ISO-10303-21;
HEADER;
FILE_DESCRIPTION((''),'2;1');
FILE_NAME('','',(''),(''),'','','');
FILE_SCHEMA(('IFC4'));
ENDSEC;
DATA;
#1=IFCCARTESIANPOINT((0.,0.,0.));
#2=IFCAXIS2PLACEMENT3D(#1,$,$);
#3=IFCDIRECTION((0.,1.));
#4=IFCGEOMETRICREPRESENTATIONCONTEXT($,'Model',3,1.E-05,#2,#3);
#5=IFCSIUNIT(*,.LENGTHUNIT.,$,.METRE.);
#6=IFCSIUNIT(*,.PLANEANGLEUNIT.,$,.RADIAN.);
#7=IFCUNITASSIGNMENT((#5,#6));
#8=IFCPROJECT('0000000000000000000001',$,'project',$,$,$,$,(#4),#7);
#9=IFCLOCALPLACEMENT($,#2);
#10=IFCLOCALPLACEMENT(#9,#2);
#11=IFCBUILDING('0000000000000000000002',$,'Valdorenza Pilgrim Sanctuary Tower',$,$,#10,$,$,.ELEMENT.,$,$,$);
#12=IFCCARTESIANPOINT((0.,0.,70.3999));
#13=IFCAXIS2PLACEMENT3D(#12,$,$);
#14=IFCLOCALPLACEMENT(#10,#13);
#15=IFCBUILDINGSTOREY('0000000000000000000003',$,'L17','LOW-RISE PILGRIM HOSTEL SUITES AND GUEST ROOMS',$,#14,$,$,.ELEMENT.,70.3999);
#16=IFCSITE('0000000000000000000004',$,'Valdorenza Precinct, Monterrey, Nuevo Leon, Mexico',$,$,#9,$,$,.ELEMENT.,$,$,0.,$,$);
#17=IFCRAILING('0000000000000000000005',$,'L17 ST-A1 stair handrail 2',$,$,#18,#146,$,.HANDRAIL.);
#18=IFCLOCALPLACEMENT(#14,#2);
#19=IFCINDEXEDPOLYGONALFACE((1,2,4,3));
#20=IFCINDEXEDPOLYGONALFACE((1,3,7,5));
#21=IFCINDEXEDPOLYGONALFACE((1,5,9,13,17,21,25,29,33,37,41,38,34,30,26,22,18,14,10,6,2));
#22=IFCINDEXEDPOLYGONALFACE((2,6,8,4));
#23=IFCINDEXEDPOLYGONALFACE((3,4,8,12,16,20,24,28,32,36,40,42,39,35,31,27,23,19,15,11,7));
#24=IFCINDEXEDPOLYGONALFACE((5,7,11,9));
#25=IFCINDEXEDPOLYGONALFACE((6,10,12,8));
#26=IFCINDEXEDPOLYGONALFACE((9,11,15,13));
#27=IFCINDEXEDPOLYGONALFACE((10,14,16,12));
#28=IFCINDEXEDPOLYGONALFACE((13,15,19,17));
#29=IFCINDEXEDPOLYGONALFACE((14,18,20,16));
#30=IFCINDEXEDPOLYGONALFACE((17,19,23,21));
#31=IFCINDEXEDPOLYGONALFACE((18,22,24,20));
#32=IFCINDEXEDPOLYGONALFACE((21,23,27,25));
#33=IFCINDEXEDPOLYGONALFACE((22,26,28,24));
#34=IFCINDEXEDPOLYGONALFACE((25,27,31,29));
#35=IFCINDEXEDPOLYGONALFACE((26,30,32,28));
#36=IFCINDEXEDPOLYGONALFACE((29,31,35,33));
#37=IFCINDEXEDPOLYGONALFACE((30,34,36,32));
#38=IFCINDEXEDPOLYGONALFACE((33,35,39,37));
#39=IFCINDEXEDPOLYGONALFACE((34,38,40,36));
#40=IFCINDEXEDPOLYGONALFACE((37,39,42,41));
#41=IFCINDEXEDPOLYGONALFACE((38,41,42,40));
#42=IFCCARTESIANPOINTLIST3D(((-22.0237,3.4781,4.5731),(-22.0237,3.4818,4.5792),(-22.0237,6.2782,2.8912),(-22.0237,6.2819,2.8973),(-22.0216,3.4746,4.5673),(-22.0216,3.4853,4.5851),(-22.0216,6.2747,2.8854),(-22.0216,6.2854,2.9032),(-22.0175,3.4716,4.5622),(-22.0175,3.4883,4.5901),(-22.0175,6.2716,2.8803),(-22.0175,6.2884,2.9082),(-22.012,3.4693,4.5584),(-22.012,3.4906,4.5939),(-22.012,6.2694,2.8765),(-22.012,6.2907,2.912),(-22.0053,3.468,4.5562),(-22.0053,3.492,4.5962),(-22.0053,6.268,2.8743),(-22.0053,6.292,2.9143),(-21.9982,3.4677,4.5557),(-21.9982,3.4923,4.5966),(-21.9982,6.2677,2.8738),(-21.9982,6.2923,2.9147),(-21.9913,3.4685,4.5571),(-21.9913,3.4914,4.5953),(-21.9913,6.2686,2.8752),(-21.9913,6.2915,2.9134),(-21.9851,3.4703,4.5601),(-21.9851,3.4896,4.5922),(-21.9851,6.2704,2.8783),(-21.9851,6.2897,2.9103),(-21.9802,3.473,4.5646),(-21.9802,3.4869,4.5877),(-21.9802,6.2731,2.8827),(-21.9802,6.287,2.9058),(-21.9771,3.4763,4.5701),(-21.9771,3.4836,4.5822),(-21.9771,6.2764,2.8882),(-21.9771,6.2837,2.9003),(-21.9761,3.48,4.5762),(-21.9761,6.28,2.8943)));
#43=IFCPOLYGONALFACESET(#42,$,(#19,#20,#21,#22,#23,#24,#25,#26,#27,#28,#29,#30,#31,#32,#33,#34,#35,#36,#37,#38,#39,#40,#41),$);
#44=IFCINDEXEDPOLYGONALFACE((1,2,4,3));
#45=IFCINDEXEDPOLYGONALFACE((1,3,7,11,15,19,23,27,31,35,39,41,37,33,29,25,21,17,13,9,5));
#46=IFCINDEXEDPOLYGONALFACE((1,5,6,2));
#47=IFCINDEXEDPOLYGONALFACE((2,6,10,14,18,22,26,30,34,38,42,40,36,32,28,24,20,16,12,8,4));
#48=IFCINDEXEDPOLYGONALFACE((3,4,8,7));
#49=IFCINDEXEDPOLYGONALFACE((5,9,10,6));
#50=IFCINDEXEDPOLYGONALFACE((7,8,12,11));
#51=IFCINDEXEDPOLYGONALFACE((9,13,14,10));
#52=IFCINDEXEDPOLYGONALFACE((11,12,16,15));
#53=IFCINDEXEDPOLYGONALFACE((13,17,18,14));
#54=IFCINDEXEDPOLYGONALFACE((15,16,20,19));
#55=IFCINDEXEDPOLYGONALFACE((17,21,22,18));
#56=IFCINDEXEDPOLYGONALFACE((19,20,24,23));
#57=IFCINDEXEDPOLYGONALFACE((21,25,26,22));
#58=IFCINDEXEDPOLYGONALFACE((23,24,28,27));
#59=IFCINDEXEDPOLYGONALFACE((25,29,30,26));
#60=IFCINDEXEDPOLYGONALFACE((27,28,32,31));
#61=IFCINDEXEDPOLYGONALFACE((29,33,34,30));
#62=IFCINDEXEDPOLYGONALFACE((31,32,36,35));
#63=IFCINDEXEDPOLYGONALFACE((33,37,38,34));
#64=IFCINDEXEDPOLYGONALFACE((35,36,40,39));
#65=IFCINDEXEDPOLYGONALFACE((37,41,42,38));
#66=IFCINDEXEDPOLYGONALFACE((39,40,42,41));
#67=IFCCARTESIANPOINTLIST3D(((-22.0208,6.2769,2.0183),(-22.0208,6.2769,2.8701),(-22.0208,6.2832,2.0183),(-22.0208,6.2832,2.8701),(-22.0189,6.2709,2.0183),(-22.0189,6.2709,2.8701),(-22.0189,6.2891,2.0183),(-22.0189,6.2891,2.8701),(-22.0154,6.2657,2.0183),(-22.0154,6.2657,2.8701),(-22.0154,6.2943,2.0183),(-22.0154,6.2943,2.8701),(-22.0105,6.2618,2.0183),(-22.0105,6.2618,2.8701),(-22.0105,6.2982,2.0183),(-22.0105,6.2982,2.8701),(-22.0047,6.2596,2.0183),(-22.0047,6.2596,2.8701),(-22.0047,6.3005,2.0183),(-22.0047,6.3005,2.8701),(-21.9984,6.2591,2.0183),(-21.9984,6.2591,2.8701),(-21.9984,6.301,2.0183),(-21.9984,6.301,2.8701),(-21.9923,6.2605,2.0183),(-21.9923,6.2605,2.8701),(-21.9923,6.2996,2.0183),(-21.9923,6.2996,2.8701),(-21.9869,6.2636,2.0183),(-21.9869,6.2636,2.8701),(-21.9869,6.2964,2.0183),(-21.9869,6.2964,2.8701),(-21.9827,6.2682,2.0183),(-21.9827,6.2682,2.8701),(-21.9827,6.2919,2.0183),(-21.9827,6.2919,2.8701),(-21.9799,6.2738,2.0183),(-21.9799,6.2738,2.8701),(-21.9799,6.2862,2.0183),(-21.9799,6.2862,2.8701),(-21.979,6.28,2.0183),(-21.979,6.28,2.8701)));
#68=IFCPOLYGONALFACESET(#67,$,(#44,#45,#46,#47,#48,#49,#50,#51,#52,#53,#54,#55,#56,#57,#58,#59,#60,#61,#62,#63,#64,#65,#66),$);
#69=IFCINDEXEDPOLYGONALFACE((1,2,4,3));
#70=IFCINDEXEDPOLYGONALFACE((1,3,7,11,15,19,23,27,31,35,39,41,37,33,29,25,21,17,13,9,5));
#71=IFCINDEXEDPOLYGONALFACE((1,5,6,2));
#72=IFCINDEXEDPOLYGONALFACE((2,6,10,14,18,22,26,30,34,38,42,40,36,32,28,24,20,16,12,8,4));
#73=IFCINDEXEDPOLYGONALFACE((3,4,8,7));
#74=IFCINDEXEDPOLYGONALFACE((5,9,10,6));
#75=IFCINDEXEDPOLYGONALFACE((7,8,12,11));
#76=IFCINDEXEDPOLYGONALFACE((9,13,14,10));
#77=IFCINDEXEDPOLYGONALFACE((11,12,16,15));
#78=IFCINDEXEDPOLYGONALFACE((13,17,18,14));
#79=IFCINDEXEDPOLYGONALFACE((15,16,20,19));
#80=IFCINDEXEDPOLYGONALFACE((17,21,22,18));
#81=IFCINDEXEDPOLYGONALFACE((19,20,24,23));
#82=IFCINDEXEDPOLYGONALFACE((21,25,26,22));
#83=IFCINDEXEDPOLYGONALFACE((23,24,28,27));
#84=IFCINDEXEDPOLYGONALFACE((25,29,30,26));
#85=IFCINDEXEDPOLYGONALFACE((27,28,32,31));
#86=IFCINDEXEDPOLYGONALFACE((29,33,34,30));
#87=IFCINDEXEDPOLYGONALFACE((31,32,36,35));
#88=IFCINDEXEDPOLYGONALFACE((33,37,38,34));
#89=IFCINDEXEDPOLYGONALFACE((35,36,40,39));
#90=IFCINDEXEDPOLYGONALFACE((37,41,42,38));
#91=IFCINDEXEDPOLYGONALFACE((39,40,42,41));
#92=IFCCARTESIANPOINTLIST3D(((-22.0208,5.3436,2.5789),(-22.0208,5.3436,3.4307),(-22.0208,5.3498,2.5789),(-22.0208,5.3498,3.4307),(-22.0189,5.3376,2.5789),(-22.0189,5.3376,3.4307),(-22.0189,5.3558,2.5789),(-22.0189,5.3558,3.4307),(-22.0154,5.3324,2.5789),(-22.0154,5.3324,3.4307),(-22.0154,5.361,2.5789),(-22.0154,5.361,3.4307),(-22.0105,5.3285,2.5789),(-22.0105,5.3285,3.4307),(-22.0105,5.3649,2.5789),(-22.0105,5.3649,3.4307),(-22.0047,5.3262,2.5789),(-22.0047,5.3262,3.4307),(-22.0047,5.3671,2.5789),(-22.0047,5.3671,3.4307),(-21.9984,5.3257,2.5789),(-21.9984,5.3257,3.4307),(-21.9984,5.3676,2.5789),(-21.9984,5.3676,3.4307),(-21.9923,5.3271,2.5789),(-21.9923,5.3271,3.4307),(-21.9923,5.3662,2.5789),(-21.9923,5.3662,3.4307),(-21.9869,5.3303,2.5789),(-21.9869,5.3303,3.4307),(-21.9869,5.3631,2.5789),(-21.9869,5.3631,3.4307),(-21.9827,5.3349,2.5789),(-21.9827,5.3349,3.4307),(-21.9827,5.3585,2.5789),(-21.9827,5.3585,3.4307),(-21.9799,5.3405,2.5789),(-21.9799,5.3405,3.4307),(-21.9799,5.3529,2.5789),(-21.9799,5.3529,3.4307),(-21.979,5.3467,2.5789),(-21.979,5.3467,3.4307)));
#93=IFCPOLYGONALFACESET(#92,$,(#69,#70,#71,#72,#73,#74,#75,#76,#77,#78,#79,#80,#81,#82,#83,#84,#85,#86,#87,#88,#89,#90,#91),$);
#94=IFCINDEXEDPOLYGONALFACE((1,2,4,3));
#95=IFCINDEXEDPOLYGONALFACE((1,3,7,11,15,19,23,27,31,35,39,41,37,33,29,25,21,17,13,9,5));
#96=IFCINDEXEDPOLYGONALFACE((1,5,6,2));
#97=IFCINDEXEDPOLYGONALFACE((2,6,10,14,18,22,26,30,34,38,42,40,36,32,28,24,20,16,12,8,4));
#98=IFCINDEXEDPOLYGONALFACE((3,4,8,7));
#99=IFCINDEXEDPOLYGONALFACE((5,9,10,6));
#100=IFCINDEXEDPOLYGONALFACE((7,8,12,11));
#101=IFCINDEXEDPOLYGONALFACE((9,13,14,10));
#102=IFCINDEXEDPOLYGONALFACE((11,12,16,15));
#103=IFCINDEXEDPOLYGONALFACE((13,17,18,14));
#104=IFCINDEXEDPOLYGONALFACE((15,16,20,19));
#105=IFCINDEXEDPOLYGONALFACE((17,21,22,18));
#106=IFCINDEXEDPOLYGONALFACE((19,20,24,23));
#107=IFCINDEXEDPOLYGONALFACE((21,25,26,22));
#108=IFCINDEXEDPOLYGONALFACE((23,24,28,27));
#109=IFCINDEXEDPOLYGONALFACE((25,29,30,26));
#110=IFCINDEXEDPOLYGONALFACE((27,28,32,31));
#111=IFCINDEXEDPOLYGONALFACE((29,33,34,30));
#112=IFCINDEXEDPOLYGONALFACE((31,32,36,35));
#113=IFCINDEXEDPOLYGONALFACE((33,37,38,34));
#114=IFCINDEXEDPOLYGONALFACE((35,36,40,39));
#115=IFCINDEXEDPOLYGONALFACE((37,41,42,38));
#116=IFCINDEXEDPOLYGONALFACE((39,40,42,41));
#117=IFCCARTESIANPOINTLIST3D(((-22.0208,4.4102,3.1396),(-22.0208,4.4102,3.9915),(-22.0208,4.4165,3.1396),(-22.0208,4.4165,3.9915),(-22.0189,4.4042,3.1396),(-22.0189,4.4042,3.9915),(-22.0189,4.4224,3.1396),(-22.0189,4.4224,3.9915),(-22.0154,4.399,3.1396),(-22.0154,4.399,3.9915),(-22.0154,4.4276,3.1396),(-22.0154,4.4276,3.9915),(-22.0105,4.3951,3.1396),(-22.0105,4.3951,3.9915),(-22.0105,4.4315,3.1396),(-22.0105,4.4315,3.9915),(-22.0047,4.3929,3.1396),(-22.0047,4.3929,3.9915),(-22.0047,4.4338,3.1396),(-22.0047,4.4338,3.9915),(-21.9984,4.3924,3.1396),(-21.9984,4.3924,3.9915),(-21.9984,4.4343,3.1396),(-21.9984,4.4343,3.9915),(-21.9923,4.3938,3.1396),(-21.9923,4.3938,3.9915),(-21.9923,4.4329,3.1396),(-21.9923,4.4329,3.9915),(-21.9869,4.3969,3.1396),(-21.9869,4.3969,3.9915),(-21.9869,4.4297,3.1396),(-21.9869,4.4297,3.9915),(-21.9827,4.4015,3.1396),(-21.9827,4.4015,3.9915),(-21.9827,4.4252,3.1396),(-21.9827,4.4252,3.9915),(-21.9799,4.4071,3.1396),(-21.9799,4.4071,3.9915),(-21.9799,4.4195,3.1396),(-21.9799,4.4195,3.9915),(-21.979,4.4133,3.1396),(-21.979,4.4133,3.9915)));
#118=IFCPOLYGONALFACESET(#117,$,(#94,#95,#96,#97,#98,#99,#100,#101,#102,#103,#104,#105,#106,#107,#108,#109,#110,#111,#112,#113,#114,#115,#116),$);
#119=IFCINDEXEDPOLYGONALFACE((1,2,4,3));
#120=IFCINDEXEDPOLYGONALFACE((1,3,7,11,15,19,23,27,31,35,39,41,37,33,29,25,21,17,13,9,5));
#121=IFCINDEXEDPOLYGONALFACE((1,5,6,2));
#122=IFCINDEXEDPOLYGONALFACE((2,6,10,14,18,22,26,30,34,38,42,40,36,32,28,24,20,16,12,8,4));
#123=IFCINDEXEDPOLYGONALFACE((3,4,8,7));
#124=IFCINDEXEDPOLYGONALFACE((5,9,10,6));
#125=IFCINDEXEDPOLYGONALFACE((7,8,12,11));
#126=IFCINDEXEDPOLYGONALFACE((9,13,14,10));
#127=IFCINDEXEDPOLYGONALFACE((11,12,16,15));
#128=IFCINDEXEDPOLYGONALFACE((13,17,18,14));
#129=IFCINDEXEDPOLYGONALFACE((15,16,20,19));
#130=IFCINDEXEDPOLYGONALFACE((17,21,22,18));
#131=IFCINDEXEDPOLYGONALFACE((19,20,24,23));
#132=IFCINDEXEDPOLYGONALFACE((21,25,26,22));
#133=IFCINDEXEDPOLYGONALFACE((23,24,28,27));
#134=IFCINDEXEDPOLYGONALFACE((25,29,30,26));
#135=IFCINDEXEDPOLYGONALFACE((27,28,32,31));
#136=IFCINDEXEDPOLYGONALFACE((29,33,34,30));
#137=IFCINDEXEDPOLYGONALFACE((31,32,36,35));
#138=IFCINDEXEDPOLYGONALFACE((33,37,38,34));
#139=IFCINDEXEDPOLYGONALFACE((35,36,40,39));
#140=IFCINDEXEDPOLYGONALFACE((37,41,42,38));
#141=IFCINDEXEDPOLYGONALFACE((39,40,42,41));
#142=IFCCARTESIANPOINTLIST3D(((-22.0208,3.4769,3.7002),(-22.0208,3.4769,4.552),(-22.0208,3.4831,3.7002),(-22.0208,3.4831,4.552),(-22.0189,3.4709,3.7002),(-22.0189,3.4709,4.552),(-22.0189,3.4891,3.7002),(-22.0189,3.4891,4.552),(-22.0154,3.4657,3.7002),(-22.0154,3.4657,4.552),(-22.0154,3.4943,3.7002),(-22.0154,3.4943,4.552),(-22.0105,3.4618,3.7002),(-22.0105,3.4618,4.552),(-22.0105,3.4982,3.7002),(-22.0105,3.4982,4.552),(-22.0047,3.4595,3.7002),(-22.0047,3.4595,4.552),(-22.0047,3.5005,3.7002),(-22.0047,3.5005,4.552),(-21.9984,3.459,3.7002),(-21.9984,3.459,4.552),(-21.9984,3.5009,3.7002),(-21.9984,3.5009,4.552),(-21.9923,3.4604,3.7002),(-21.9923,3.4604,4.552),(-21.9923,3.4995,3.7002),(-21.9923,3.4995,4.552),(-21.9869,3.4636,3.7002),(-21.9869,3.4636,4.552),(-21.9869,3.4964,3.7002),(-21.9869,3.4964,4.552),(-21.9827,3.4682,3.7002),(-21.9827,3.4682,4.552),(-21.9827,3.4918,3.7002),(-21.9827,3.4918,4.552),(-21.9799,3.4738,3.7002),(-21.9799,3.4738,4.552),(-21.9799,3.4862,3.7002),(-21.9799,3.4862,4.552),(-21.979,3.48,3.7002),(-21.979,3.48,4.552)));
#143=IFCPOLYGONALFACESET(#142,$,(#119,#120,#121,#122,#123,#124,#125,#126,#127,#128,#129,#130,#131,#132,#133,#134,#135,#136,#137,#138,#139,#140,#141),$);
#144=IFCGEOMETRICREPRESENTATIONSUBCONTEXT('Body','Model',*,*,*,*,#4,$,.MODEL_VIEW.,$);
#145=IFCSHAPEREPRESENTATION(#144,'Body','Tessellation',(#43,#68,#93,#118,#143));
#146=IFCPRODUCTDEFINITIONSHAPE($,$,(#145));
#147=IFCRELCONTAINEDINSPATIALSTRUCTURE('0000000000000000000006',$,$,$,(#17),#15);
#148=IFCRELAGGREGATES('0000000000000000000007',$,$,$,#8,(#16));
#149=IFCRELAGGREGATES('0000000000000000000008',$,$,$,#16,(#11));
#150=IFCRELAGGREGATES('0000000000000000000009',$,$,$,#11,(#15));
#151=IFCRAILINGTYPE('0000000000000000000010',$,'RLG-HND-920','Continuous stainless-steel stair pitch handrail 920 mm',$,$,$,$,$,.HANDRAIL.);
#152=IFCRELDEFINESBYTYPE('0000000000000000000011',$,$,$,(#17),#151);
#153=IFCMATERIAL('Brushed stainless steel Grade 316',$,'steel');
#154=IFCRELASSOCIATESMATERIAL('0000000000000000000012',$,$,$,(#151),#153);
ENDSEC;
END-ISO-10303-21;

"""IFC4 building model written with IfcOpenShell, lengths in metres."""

from ifc_helpers import new_model, si_unit, direction, frame, origin, origin_2d, place, context, subcontext, project, spatial, circle, extrude, material, type_object, element, save


model = new_model("IFC4")

# Units and contexts
model_context = context("Model", 3, precision=1e-05, world=origin(), true_north=direction((0.0, 1.0)))
body_context = subcontext(model_context, "Body", "Model", "MODEL_VIEW")
ifc_project = project(units=[si_unit("LENGTHUNIT", "METRE"), si_unit("PLANEANGLEUNIT", "RADIAN")], contexts=[model_context])

# Site, building, storey
site_placement = place(None, origin())
site = spatial("IfcSite", under=ifc_project, at=site_placement, Name="Valdorenza Precinct, Monterrey, Nuevo Leon, Mexico", CompositionType="ELEMENT", RefElevation=0.0)
building_placement = place(site_placement, origin())
building = spatial("IfcBuilding", under=site, at=building_placement, Name="Valdorenza Pilgrim Sanctuary Tower", CompositionType="ELEMENT")
storey_placement = place(building_placement, frame((0.0, 0.0, 70.3999)))
storey = spatial("IfcBuildingStorey", under=building, at=storey_placement, Name="L17", Description="LOW-RISE PILGRIM HOSTEL SUITES AND GUEST ROOMS", CompositionType="ELEMENT", Elevation=70.3999)

# Shared definitions
ifc_material_1 = material(Name="Brushed stainless steel Grade 316", Category="steel")

# Railing
railing_type_1 = type_object("IfcRailingType", Name="RLG-HND-920", Description="Continuous stainless-steel stair pitch handrail 920 mm", PredefinedType="HANDRAIL", material=ifc_material_1)
railing_1_placement = place(storey_placement, frame((-22.0, 6.28, 2.0183)))
element("IfcRailing", 1, at=railing_1_placement, inside=storey, type_object=railing_type_1, Name="L17 ST-A1 stair handrail 2", PredefinedType="HANDRAIL", context=body_context, shape_type="SweptSolid", body=[
    extrude(circle(Radius=0.0239, at=origin_2d()), frame((0.0, 0.0, 0.876), z_axis=(0.0, -0.857242, 0.514913), x_axis=(1.0, 0.0, 0.0)), (0.0, 0.0, 1.0), 3.2664),
    extrude(circle(Radius=0.021, at=origin_2d()), origin(), (0.0, 0.0, 1.0), 0.8518),
    extrude(circle(Radius=0.021, at=origin_2d()), frame((0.0, -0.9333, 0.5605)), (0.0, 0.0, 1.0), 0.8518),
    extrude(circle(Radius=0.021, at=origin_2d()), frame((0.0, -1.8667, 1.1213)), (0.0, 0.0, 1.0), 0.8518),
    extrude(circle(Radius=0.021, at=origin_2d()), frame((0.0, -2.8, 1.6819)), (0.0, 0.0, 1.0), 0.8518),
])

save(model, "model.ifc")
